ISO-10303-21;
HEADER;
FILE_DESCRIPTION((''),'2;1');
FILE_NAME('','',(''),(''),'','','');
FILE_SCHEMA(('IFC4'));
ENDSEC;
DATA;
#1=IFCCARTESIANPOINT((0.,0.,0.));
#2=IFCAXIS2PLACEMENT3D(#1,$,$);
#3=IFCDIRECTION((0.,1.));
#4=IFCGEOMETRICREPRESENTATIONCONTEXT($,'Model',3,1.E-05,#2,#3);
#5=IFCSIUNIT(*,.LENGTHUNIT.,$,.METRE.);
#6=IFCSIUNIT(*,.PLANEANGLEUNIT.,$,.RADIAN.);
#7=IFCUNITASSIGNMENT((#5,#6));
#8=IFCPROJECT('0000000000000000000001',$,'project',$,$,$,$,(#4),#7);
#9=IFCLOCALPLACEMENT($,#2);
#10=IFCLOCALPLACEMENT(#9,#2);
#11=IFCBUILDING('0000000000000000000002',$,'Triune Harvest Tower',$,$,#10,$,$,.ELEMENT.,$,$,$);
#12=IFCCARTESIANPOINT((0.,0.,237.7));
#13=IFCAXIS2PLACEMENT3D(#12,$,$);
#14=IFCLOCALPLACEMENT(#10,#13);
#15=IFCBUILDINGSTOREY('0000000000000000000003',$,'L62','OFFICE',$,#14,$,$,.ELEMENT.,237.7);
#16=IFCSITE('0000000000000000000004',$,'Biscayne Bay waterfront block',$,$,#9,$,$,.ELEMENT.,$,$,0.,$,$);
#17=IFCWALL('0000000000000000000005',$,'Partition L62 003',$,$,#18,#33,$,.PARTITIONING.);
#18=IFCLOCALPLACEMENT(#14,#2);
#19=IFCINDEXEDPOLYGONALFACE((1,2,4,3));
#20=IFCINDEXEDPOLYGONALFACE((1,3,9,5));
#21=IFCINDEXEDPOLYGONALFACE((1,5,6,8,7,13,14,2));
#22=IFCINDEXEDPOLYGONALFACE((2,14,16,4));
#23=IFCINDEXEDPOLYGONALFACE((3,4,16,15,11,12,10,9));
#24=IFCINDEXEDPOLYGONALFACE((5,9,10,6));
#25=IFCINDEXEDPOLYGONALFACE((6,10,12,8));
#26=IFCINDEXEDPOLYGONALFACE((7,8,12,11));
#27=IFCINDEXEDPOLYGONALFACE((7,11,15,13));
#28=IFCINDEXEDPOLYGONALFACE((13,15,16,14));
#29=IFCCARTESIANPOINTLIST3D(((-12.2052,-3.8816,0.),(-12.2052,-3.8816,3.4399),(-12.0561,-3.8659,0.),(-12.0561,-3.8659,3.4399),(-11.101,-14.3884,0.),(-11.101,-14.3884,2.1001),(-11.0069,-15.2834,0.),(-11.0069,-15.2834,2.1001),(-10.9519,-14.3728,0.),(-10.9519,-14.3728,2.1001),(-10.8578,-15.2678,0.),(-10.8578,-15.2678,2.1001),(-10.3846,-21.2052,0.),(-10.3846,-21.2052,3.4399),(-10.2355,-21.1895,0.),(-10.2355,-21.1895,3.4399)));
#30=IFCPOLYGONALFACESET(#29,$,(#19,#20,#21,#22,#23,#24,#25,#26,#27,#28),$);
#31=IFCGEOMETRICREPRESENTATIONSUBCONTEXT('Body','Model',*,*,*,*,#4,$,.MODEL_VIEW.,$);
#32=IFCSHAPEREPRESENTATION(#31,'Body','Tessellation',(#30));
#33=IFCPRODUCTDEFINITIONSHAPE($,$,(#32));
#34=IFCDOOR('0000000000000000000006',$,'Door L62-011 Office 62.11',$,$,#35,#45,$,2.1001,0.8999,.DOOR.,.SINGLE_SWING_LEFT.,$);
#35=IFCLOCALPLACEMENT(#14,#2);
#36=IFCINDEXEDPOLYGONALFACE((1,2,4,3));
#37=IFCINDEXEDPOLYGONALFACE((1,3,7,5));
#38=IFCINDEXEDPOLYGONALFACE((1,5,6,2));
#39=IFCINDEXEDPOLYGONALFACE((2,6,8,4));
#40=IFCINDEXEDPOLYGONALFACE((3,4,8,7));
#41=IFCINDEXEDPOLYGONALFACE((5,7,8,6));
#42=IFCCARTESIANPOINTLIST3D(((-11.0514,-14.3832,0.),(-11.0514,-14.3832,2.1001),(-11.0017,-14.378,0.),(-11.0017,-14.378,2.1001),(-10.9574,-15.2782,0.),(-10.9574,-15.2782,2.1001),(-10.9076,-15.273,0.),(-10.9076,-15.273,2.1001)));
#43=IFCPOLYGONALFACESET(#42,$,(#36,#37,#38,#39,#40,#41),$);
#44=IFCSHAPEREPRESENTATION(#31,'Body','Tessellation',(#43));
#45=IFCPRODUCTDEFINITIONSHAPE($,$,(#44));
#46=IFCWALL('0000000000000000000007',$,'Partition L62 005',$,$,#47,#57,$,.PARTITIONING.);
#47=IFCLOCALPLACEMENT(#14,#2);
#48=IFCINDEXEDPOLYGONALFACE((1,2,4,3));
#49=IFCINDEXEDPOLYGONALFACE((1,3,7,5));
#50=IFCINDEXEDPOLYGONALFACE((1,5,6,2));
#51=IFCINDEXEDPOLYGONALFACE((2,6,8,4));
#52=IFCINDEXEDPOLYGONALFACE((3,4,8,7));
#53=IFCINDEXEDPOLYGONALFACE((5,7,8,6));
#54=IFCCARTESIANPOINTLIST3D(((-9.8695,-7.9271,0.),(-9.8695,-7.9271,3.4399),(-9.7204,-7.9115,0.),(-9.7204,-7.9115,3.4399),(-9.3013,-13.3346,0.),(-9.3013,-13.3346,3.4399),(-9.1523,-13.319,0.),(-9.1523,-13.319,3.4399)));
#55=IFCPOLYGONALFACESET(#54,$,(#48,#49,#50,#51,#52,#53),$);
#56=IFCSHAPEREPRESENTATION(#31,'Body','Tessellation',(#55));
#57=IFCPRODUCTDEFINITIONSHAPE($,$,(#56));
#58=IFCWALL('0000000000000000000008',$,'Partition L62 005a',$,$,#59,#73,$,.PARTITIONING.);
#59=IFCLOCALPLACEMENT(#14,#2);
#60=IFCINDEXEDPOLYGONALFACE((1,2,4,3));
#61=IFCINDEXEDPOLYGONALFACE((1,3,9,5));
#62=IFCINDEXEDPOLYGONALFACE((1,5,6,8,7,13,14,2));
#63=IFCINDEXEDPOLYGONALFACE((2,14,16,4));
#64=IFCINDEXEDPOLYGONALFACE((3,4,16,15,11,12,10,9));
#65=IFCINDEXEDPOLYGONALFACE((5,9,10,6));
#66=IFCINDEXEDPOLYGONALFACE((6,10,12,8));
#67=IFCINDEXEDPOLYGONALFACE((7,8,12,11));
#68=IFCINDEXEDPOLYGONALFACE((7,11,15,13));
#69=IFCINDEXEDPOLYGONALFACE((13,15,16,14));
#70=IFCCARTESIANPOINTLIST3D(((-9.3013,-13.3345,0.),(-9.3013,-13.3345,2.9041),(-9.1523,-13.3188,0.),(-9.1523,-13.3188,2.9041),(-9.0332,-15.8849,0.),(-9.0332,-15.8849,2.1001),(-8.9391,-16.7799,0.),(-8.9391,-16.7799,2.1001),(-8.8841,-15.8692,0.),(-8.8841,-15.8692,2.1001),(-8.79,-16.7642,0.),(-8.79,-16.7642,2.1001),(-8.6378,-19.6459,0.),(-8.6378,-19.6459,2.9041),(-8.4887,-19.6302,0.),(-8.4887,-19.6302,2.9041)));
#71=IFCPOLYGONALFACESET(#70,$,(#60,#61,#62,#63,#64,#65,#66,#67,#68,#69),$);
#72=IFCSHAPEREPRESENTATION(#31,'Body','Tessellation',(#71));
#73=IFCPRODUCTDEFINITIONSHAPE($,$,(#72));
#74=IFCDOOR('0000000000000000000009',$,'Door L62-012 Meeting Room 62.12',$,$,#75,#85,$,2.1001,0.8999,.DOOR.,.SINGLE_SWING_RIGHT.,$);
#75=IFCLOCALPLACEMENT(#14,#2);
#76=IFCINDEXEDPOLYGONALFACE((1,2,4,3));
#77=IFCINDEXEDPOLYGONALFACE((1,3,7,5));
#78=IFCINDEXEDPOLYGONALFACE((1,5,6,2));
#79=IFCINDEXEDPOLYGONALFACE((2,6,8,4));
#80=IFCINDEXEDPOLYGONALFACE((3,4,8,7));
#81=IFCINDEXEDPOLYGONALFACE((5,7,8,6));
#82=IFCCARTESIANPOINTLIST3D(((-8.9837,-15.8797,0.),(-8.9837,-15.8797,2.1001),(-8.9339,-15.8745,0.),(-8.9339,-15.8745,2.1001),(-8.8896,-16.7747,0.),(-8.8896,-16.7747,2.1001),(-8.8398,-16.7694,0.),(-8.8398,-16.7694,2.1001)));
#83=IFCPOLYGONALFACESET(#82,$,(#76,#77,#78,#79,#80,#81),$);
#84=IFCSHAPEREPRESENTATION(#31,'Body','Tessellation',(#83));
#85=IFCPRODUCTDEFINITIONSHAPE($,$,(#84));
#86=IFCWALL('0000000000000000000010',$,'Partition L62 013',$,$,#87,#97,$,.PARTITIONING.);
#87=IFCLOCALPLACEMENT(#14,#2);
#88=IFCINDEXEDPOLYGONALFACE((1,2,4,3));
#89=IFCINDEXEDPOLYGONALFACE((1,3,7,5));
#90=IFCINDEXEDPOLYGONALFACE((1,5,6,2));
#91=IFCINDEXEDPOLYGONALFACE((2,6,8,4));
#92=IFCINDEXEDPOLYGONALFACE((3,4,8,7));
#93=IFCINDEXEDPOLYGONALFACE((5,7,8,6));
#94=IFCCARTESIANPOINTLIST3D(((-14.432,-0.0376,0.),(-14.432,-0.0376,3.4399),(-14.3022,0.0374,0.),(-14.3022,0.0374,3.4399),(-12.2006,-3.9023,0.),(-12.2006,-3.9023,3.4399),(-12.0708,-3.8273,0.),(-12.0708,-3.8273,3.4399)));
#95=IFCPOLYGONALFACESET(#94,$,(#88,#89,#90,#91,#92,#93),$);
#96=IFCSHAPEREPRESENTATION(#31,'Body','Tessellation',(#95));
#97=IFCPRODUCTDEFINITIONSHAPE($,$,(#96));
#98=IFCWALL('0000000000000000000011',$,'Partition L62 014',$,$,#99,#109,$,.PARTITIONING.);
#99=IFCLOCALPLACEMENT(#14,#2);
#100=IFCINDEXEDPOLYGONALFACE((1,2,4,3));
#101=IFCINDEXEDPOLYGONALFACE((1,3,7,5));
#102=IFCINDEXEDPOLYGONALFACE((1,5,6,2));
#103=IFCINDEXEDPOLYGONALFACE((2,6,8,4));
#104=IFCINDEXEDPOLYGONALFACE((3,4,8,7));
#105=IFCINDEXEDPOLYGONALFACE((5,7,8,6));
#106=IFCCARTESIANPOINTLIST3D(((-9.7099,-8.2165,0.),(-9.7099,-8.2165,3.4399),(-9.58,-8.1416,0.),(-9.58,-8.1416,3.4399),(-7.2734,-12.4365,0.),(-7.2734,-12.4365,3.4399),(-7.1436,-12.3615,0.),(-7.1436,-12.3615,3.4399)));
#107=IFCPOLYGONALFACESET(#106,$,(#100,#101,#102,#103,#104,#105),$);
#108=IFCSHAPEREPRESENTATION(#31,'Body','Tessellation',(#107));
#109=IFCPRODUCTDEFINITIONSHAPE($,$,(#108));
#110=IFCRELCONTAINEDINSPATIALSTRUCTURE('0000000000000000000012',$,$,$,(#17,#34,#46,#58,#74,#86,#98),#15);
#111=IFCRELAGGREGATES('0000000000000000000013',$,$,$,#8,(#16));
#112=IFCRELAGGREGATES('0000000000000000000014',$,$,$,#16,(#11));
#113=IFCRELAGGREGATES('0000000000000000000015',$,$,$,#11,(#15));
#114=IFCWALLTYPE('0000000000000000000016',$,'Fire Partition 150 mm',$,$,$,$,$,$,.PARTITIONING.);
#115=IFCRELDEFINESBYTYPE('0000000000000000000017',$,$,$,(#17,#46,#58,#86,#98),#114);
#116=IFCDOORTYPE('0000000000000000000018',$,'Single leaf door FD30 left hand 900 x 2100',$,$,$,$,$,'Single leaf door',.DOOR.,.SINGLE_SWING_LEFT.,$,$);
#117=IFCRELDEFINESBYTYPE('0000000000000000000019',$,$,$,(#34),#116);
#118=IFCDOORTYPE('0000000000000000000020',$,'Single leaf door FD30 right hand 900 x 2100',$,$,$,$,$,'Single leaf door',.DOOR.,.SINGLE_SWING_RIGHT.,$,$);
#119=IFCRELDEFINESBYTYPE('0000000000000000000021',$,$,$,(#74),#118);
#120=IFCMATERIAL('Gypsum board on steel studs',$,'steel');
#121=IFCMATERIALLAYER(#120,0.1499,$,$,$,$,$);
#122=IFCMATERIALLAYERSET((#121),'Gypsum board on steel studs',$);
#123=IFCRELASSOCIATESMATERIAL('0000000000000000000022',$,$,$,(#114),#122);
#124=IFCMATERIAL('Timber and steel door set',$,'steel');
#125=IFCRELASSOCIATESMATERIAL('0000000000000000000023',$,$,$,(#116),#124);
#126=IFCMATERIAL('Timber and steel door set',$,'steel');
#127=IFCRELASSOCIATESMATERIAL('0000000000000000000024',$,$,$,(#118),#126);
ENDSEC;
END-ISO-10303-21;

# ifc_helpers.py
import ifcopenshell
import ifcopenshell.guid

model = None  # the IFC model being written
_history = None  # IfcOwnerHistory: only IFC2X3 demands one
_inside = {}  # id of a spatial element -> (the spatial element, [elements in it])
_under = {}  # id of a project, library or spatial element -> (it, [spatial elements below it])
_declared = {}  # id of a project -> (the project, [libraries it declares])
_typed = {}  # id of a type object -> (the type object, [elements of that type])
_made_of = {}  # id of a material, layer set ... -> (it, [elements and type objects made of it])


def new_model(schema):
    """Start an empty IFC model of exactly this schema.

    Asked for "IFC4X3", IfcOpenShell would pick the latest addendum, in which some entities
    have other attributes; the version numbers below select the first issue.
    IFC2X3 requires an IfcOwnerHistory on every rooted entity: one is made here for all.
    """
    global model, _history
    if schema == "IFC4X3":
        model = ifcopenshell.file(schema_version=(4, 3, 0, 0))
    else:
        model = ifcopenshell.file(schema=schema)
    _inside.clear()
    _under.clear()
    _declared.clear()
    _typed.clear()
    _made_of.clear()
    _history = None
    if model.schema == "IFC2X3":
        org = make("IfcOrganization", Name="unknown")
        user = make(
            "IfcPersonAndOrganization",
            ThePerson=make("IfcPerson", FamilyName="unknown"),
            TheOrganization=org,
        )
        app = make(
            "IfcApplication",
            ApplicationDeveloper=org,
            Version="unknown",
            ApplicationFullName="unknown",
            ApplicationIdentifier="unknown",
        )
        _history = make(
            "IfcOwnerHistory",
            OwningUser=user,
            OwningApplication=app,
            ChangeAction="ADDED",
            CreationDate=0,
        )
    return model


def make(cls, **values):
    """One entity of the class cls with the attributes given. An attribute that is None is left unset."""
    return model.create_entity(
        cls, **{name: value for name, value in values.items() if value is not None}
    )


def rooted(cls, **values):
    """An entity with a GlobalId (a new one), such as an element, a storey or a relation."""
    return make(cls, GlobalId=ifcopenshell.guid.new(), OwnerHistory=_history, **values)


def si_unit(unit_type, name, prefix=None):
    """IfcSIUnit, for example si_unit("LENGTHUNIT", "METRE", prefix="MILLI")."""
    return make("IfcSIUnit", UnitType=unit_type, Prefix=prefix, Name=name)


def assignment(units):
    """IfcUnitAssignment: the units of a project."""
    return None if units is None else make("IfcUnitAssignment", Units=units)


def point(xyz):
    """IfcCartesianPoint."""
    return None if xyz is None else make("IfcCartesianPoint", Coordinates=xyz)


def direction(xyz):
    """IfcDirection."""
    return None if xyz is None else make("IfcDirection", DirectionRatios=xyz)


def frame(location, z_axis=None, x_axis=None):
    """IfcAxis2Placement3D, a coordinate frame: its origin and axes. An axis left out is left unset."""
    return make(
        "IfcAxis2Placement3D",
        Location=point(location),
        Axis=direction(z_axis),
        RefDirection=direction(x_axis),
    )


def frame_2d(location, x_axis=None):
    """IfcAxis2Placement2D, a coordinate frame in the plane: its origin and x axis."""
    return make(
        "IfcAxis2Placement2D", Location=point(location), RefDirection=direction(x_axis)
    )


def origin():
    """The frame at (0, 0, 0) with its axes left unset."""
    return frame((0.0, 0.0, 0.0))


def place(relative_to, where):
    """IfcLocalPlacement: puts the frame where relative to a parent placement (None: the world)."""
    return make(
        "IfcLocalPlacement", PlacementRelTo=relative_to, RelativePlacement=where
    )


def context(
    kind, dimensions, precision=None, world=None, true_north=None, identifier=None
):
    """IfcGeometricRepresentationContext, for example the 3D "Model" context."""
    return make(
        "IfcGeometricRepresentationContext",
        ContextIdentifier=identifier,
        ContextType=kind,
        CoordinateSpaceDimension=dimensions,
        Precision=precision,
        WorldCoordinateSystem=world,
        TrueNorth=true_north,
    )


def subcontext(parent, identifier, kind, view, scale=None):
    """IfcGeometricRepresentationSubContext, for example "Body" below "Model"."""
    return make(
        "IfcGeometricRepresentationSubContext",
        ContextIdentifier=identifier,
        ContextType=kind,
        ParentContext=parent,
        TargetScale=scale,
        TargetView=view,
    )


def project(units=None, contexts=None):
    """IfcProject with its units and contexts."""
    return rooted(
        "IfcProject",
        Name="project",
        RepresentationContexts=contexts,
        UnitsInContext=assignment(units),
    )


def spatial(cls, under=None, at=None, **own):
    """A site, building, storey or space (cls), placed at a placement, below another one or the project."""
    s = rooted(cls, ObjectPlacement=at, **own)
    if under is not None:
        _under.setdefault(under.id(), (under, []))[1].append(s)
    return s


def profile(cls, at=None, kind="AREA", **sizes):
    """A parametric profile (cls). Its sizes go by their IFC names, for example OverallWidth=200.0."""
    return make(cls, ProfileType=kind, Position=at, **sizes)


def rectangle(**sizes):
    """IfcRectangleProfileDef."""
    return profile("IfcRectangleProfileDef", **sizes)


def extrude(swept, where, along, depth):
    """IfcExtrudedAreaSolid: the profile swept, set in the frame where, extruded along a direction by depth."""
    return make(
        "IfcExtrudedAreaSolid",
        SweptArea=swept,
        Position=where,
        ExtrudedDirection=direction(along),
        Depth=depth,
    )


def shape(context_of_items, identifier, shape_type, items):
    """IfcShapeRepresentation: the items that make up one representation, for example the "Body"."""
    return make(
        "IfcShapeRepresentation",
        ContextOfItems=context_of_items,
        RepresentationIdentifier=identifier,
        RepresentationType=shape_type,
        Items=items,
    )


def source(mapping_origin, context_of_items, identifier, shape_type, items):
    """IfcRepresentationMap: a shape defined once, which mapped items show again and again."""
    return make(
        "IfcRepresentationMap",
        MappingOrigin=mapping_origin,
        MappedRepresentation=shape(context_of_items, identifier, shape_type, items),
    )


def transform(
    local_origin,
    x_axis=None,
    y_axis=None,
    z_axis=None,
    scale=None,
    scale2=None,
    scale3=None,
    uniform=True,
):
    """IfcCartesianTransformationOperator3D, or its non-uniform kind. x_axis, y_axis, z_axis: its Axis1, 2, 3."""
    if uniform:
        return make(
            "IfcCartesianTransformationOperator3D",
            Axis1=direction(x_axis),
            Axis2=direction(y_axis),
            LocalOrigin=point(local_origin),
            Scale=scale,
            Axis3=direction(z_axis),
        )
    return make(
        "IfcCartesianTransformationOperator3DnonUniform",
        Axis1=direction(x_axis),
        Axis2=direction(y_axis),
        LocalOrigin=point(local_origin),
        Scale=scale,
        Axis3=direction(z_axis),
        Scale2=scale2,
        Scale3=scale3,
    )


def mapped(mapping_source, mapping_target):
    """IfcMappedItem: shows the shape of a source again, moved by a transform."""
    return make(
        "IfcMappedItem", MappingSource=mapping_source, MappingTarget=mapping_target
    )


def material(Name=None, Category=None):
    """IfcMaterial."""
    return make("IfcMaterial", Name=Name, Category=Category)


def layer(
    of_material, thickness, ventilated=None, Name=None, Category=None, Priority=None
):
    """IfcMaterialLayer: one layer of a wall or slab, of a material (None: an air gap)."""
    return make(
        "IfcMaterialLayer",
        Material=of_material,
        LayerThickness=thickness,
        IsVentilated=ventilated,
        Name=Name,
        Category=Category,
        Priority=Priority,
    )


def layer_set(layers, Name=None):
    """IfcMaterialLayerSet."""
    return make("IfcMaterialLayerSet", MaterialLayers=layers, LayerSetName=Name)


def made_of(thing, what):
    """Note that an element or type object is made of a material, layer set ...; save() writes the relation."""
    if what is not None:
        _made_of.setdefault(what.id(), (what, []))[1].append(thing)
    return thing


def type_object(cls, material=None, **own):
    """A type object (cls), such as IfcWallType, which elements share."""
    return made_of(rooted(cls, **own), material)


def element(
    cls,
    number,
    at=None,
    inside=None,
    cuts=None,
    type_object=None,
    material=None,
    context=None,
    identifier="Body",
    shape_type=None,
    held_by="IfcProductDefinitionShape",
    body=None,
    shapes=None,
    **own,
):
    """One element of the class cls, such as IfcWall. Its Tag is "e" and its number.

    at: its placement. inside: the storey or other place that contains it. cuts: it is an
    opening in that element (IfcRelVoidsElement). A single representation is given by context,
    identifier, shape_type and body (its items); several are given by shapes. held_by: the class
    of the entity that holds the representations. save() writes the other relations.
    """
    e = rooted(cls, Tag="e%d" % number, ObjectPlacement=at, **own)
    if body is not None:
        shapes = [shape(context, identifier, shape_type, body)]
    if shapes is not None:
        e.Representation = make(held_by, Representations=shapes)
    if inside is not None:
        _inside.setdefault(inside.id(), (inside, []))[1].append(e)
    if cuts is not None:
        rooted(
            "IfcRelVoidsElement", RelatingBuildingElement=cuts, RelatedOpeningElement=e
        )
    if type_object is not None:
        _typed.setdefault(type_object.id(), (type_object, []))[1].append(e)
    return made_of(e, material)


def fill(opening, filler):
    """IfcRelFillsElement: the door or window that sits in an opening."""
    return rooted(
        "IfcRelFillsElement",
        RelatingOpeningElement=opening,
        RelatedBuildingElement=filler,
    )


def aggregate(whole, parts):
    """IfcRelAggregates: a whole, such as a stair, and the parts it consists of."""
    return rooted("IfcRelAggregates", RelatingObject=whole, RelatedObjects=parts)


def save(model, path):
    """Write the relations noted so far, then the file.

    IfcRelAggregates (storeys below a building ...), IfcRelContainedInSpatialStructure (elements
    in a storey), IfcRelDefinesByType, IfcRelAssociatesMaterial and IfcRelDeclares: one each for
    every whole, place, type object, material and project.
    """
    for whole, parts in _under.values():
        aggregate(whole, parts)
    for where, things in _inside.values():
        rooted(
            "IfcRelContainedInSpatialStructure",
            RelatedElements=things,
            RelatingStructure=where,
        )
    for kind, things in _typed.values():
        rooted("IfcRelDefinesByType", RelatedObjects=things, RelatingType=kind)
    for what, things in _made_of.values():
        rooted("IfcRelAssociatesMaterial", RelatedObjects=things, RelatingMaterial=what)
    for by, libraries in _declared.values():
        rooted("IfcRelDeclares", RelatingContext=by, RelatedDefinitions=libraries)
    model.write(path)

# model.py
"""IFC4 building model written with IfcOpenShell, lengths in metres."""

from ifc_helpers import new_model, si_unit, direction, frame, frame_2d, origin, place, context, subcontext, project, spatial, rectangle, extrude, source, transform, mapped, material, layer, layer_set, type_object, element, fill, save


model = new_model("IFC4")

# Units and contexts
model_context = context("Model", 3, precision=1e-05, world=origin(), true_north=direction((0.0, 1.0)))
body_context = subcontext(model_context, "Body", "Model", "MODEL_VIEW")
ifc_project = project(units=[si_unit("LENGTHUNIT", "METRE"), si_unit("PLANEANGLEUNIT", "RADIAN")], contexts=[model_context])

# Site, building, storey
site_placement = place(None, origin())
site = spatial("IfcSite", under=ifc_project, at=site_placement, Name="Biscayne Bay waterfront block", CompositionType="ELEMENT", RefElevation=0.0)
building_placement = place(site_placement, origin())
building = spatial("IfcBuilding", under=site, at=building_placement, Name="Triune Harvest Tower", CompositionType="ELEMENT")
storey_placement = place(building_placement, frame((0.0, 0.0, 237.7)))
storey = spatial("IfcBuildingStorey", under=building, at=storey_placement, Name="L62", Description="OFFICE", CompositionType="ELEMENT", Elevation=237.7)

# Wall, opening, door
ifc_material_1 = material(Name="Gypsum board on steel studs", Category="steel")
ifc_layer_1 = layer(ifc_material_1, 0.1499)
ifc_layer_set_1 = layer_set([ifc_layer_1], Name="Gypsum board on steel studs")
wall_type_1 = type_object("IfcWallType", Name="Fire Partition 150 mm", PredefinedType="PARTITIONING", material=ifc_layer_set_1)
shared_shape_1 = source(origin(), body_context, "Body", "SweptSolid", [
    extrude(rectangle(XDim=17.4189, YDim=0.1499, at=frame_2d((8.7095, 0.0))), origin(), (0.0, 0.0, 1.0), 3.4399),
])
wall_1_placement = place(storey_placement, frame((-12.1306, -3.8738, 0.0), z_axis=(0.0, 0.0, 1.0), x_axis=(0.104516, -0.994523, 0.0)))
wall_1 = element("IfcWall", 1, at=wall_1_placement, inside=storey, type_object=wall_type_1, Name="Partition L62 003", PredefinedType="PARTITIONING", context=body_context, shape_type="MappedRepresentation", body=[
    mapped(shared_shape_1, transform((0.0, 0.0, 0.0), scale=1.0)),
])
opening_1_placement = place(wall_1_placement, frame((10.5647, 0.0, 0.0)))
opening_1 = element("IfcOpeningElement", 2, at=opening_1_placement, cuts=wall_1, PredefinedType="OPENING", context=body_context, shape_type="SweptSolid", body=[
    extrude(rectangle(XDim=0.8999, YDim=2.1001, at=frame_2d((0.45, 1.05))), frame((0.0, 0.085, 0.0), z_axis=(0.0, -1.0, 0.0), x_axis=(1.0, 0.0, 0.0)), (0.0, 0.0, 1.0), 0.1699),
])
ifc_material_2 = material(Name="Timber and steel door set", Category="steel")
door_type_1 = type_object("IfcDoorType", Name="Single leaf door FD30 left hand 900 x 2100", ElementType="Single leaf door", OperationType="SINGLE_SWING_LEFT", PredefinedType="DOOR", material=ifc_material_2)
door_1_placement = place(opening_1_placement, origin())
door_1 = element("IfcDoor", 3, at=door_1_placement, inside=storey, type_object=door_type_1, Name="Door L62-011 Office 62.11", OperationType="SINGLE_SWING_LEFT", OverallHeight=2.1001, OverallWidth=0.8999, PredefinedType="DOOR", context=body_context, shape_type="SweptSolid", body=[
    extrude(rectangle(XDim=0.8999, YDim=2.1001, at=frame_2d((0.45, 1.05))), frame((0.0, 0.0249, 0.0), z_axis=(0.0, -1.0, 0.0), x_axis=(1.0, 0.0, 0.0)), (0.0, 0.0, 1.0), 0.05),
])
fill(opening_1, door_1)

# Wall
shared_shape_2 = source(origin(), body_context, "Body", "SweptSolid", [
    extrude(rectangle(XDim=5.4373, YDim=0.1499, at=frame_2d((2.7188, 0.0))), origin(), (0.0, 0.0, 1.0), 3.4399),
])
wall_2_placement = place(storey_placement, frame((-9.7949, -7.9192, 0.0), z_axis=(0.0, 0.0, 1.0), x_axis=(0.104486, -0.994526, 0.0)))
element("IfcWall", 4, at=wall_2_placement, inside=storey, type_object=wall_type_1, Name="Partition L62 005", PredefinedType="PARTITIONING", context=body_context, shape_type="MappedRepresentation", body=[
    mapped(shared_shape_2, transform((0.0, 0.0, 0.0), scale=1.0)),
])

# Wall, opening, door
shared_shape_3 = source(origin(), body_context, "Body", "SweptSolid", [
    extrude(rectangle(XDim=6.3462, YDim=0.1499, at=frame_2d((3.1731, 0.0))), origin(), (0.0, 0.0, 1.0), 2.9041),
])
wall_3_placement = place(storey_placement, frame((-9.2268, -13.3267, 0.0), z_axis=(0.0, 0.0, 1.0), x_axis=(0.104561, -0.994519, 0.0)))
wall_3 = element("IfcWall", 5, at=wall_3_placement, inside=storey, type_object=wall_type_1, Name="Partition L62 005a", PredefinedType="PARTITIONING", context=body_context, shape_type="MappedRepresentation", body=[
    mapped(shared_shape_3, transform((0.0, 0.0, 0.0), scale=1.0)),
])
opening_2_placement = place(wall_3_placement, frame((2.5645, 0.0, 0.0)))
opening_2 = element("IfcOpeningElement", 6, at=opening_2_placement, cuts=wall_3, PredefinedType="OPENING", context=body_context, shape_type="SweptSolid", body=[
    extrude(rectangle(XDim=0.8999, YDim=2.1001, at=frame_2d((0.45, 1.05))), frame((0.0, 0.085, 0.0), z_axis=(0.0, -1.0, 0.0), x_axis=(1.0, 0.0, 0.0)), (0.0, 0.0, 1.0), 0.1699),
])
ifc_material_3 = material(Name="Timber and steel door set", Category="steel")
door_type_2 = type_object("IfcDoorType", Name="Single leaf door FD30 right hand 900 x 2100", ElementType="Single leaf door", OperationType="SINGLE_SWING_RIGHT", PredefinedType="DOOR", material=ifc_material_3)
door_2_placement = place(opening_2_placement, origin())
door_2 = element("IfcDoor", 7, at=door_2_placement, inside=storey, type_object=door_type_2, Name="Door L62-012 Meeting Room 62.12", OperationType="SINGLE_SWING_RIGHT", OverallHeight=2.1001, OverallWidth=0.8999, PredefinedType="DOOR", context=body_context, shape_type="SweptSolid", body=[
    extrude(rectangle(XDim=0.8999, YDim=2.1001, at=frame_2d((0.45, 1.05))), frame((0.0, 0.0249, 0.0), z_axis=(0.0, -1.0, 0.0), x_axis=(1.0, 0.0, 0.0)), (0.0, 0.0, 1.0), 0.05),
])
fill(opening_2, door_2)

# Walls
shared_shape_4 = source(origin(), body_context, "Body", "SweptSolid", [
    extrude(rectangle(XDim=4.4626, YDim=0.1499, at=frame_2d((2.2314, 0.0))), origin(), (0.0, 0.0, 1.0), 3.4399),
])
wall_4_placement = place(storey_placement, frame((-14.3672, 0.0, 0.0), z_axis=(0.0, 0.0, 1.0), x_axis=(0.500022, -0.866012, 0.0)))
element("IfcWall", 8, at=wall_4_placement, inside=storey, type_object=wall_type_1, Name="Partition L62 013", PredefinedType="PARTITIONING", context=body_context, shape_type="MappedRepresentation", body=[
    mapped(shared_shape_4, transform((0.0, 0.0, 0.0), scale=1.0)),
])
shared_shape_5 = source(origin(), body_context, "Body", "SweptSolid", [
    extrude(rectangle(XDim=4.8728, YDim=0.1499, at=frame_2d((2.4365, 0.0))), origin(), (0.0, 0.0, 1.0), 3.4399),
])
wall_5_placement = place(storey_placement, frame((-9.645, -8.179, 0.0), z_axis=(0.0, 0.0, 1.0), x_axis=(0.500019, -0.866015, 0.0)))
element("IfcWall", 9, at=wall_5_placement, inside=storey, type_object=wall_type_1, Name="Partition L62 014", PredefinedType="PARTITIONING", context=body_context, shape_type="MappedRepresentation", body=[
    mapped(shared_shape_5, transform((0.0, 0.0, 0.0), scale=1.0)),
])

save(model, "model.ifc")
